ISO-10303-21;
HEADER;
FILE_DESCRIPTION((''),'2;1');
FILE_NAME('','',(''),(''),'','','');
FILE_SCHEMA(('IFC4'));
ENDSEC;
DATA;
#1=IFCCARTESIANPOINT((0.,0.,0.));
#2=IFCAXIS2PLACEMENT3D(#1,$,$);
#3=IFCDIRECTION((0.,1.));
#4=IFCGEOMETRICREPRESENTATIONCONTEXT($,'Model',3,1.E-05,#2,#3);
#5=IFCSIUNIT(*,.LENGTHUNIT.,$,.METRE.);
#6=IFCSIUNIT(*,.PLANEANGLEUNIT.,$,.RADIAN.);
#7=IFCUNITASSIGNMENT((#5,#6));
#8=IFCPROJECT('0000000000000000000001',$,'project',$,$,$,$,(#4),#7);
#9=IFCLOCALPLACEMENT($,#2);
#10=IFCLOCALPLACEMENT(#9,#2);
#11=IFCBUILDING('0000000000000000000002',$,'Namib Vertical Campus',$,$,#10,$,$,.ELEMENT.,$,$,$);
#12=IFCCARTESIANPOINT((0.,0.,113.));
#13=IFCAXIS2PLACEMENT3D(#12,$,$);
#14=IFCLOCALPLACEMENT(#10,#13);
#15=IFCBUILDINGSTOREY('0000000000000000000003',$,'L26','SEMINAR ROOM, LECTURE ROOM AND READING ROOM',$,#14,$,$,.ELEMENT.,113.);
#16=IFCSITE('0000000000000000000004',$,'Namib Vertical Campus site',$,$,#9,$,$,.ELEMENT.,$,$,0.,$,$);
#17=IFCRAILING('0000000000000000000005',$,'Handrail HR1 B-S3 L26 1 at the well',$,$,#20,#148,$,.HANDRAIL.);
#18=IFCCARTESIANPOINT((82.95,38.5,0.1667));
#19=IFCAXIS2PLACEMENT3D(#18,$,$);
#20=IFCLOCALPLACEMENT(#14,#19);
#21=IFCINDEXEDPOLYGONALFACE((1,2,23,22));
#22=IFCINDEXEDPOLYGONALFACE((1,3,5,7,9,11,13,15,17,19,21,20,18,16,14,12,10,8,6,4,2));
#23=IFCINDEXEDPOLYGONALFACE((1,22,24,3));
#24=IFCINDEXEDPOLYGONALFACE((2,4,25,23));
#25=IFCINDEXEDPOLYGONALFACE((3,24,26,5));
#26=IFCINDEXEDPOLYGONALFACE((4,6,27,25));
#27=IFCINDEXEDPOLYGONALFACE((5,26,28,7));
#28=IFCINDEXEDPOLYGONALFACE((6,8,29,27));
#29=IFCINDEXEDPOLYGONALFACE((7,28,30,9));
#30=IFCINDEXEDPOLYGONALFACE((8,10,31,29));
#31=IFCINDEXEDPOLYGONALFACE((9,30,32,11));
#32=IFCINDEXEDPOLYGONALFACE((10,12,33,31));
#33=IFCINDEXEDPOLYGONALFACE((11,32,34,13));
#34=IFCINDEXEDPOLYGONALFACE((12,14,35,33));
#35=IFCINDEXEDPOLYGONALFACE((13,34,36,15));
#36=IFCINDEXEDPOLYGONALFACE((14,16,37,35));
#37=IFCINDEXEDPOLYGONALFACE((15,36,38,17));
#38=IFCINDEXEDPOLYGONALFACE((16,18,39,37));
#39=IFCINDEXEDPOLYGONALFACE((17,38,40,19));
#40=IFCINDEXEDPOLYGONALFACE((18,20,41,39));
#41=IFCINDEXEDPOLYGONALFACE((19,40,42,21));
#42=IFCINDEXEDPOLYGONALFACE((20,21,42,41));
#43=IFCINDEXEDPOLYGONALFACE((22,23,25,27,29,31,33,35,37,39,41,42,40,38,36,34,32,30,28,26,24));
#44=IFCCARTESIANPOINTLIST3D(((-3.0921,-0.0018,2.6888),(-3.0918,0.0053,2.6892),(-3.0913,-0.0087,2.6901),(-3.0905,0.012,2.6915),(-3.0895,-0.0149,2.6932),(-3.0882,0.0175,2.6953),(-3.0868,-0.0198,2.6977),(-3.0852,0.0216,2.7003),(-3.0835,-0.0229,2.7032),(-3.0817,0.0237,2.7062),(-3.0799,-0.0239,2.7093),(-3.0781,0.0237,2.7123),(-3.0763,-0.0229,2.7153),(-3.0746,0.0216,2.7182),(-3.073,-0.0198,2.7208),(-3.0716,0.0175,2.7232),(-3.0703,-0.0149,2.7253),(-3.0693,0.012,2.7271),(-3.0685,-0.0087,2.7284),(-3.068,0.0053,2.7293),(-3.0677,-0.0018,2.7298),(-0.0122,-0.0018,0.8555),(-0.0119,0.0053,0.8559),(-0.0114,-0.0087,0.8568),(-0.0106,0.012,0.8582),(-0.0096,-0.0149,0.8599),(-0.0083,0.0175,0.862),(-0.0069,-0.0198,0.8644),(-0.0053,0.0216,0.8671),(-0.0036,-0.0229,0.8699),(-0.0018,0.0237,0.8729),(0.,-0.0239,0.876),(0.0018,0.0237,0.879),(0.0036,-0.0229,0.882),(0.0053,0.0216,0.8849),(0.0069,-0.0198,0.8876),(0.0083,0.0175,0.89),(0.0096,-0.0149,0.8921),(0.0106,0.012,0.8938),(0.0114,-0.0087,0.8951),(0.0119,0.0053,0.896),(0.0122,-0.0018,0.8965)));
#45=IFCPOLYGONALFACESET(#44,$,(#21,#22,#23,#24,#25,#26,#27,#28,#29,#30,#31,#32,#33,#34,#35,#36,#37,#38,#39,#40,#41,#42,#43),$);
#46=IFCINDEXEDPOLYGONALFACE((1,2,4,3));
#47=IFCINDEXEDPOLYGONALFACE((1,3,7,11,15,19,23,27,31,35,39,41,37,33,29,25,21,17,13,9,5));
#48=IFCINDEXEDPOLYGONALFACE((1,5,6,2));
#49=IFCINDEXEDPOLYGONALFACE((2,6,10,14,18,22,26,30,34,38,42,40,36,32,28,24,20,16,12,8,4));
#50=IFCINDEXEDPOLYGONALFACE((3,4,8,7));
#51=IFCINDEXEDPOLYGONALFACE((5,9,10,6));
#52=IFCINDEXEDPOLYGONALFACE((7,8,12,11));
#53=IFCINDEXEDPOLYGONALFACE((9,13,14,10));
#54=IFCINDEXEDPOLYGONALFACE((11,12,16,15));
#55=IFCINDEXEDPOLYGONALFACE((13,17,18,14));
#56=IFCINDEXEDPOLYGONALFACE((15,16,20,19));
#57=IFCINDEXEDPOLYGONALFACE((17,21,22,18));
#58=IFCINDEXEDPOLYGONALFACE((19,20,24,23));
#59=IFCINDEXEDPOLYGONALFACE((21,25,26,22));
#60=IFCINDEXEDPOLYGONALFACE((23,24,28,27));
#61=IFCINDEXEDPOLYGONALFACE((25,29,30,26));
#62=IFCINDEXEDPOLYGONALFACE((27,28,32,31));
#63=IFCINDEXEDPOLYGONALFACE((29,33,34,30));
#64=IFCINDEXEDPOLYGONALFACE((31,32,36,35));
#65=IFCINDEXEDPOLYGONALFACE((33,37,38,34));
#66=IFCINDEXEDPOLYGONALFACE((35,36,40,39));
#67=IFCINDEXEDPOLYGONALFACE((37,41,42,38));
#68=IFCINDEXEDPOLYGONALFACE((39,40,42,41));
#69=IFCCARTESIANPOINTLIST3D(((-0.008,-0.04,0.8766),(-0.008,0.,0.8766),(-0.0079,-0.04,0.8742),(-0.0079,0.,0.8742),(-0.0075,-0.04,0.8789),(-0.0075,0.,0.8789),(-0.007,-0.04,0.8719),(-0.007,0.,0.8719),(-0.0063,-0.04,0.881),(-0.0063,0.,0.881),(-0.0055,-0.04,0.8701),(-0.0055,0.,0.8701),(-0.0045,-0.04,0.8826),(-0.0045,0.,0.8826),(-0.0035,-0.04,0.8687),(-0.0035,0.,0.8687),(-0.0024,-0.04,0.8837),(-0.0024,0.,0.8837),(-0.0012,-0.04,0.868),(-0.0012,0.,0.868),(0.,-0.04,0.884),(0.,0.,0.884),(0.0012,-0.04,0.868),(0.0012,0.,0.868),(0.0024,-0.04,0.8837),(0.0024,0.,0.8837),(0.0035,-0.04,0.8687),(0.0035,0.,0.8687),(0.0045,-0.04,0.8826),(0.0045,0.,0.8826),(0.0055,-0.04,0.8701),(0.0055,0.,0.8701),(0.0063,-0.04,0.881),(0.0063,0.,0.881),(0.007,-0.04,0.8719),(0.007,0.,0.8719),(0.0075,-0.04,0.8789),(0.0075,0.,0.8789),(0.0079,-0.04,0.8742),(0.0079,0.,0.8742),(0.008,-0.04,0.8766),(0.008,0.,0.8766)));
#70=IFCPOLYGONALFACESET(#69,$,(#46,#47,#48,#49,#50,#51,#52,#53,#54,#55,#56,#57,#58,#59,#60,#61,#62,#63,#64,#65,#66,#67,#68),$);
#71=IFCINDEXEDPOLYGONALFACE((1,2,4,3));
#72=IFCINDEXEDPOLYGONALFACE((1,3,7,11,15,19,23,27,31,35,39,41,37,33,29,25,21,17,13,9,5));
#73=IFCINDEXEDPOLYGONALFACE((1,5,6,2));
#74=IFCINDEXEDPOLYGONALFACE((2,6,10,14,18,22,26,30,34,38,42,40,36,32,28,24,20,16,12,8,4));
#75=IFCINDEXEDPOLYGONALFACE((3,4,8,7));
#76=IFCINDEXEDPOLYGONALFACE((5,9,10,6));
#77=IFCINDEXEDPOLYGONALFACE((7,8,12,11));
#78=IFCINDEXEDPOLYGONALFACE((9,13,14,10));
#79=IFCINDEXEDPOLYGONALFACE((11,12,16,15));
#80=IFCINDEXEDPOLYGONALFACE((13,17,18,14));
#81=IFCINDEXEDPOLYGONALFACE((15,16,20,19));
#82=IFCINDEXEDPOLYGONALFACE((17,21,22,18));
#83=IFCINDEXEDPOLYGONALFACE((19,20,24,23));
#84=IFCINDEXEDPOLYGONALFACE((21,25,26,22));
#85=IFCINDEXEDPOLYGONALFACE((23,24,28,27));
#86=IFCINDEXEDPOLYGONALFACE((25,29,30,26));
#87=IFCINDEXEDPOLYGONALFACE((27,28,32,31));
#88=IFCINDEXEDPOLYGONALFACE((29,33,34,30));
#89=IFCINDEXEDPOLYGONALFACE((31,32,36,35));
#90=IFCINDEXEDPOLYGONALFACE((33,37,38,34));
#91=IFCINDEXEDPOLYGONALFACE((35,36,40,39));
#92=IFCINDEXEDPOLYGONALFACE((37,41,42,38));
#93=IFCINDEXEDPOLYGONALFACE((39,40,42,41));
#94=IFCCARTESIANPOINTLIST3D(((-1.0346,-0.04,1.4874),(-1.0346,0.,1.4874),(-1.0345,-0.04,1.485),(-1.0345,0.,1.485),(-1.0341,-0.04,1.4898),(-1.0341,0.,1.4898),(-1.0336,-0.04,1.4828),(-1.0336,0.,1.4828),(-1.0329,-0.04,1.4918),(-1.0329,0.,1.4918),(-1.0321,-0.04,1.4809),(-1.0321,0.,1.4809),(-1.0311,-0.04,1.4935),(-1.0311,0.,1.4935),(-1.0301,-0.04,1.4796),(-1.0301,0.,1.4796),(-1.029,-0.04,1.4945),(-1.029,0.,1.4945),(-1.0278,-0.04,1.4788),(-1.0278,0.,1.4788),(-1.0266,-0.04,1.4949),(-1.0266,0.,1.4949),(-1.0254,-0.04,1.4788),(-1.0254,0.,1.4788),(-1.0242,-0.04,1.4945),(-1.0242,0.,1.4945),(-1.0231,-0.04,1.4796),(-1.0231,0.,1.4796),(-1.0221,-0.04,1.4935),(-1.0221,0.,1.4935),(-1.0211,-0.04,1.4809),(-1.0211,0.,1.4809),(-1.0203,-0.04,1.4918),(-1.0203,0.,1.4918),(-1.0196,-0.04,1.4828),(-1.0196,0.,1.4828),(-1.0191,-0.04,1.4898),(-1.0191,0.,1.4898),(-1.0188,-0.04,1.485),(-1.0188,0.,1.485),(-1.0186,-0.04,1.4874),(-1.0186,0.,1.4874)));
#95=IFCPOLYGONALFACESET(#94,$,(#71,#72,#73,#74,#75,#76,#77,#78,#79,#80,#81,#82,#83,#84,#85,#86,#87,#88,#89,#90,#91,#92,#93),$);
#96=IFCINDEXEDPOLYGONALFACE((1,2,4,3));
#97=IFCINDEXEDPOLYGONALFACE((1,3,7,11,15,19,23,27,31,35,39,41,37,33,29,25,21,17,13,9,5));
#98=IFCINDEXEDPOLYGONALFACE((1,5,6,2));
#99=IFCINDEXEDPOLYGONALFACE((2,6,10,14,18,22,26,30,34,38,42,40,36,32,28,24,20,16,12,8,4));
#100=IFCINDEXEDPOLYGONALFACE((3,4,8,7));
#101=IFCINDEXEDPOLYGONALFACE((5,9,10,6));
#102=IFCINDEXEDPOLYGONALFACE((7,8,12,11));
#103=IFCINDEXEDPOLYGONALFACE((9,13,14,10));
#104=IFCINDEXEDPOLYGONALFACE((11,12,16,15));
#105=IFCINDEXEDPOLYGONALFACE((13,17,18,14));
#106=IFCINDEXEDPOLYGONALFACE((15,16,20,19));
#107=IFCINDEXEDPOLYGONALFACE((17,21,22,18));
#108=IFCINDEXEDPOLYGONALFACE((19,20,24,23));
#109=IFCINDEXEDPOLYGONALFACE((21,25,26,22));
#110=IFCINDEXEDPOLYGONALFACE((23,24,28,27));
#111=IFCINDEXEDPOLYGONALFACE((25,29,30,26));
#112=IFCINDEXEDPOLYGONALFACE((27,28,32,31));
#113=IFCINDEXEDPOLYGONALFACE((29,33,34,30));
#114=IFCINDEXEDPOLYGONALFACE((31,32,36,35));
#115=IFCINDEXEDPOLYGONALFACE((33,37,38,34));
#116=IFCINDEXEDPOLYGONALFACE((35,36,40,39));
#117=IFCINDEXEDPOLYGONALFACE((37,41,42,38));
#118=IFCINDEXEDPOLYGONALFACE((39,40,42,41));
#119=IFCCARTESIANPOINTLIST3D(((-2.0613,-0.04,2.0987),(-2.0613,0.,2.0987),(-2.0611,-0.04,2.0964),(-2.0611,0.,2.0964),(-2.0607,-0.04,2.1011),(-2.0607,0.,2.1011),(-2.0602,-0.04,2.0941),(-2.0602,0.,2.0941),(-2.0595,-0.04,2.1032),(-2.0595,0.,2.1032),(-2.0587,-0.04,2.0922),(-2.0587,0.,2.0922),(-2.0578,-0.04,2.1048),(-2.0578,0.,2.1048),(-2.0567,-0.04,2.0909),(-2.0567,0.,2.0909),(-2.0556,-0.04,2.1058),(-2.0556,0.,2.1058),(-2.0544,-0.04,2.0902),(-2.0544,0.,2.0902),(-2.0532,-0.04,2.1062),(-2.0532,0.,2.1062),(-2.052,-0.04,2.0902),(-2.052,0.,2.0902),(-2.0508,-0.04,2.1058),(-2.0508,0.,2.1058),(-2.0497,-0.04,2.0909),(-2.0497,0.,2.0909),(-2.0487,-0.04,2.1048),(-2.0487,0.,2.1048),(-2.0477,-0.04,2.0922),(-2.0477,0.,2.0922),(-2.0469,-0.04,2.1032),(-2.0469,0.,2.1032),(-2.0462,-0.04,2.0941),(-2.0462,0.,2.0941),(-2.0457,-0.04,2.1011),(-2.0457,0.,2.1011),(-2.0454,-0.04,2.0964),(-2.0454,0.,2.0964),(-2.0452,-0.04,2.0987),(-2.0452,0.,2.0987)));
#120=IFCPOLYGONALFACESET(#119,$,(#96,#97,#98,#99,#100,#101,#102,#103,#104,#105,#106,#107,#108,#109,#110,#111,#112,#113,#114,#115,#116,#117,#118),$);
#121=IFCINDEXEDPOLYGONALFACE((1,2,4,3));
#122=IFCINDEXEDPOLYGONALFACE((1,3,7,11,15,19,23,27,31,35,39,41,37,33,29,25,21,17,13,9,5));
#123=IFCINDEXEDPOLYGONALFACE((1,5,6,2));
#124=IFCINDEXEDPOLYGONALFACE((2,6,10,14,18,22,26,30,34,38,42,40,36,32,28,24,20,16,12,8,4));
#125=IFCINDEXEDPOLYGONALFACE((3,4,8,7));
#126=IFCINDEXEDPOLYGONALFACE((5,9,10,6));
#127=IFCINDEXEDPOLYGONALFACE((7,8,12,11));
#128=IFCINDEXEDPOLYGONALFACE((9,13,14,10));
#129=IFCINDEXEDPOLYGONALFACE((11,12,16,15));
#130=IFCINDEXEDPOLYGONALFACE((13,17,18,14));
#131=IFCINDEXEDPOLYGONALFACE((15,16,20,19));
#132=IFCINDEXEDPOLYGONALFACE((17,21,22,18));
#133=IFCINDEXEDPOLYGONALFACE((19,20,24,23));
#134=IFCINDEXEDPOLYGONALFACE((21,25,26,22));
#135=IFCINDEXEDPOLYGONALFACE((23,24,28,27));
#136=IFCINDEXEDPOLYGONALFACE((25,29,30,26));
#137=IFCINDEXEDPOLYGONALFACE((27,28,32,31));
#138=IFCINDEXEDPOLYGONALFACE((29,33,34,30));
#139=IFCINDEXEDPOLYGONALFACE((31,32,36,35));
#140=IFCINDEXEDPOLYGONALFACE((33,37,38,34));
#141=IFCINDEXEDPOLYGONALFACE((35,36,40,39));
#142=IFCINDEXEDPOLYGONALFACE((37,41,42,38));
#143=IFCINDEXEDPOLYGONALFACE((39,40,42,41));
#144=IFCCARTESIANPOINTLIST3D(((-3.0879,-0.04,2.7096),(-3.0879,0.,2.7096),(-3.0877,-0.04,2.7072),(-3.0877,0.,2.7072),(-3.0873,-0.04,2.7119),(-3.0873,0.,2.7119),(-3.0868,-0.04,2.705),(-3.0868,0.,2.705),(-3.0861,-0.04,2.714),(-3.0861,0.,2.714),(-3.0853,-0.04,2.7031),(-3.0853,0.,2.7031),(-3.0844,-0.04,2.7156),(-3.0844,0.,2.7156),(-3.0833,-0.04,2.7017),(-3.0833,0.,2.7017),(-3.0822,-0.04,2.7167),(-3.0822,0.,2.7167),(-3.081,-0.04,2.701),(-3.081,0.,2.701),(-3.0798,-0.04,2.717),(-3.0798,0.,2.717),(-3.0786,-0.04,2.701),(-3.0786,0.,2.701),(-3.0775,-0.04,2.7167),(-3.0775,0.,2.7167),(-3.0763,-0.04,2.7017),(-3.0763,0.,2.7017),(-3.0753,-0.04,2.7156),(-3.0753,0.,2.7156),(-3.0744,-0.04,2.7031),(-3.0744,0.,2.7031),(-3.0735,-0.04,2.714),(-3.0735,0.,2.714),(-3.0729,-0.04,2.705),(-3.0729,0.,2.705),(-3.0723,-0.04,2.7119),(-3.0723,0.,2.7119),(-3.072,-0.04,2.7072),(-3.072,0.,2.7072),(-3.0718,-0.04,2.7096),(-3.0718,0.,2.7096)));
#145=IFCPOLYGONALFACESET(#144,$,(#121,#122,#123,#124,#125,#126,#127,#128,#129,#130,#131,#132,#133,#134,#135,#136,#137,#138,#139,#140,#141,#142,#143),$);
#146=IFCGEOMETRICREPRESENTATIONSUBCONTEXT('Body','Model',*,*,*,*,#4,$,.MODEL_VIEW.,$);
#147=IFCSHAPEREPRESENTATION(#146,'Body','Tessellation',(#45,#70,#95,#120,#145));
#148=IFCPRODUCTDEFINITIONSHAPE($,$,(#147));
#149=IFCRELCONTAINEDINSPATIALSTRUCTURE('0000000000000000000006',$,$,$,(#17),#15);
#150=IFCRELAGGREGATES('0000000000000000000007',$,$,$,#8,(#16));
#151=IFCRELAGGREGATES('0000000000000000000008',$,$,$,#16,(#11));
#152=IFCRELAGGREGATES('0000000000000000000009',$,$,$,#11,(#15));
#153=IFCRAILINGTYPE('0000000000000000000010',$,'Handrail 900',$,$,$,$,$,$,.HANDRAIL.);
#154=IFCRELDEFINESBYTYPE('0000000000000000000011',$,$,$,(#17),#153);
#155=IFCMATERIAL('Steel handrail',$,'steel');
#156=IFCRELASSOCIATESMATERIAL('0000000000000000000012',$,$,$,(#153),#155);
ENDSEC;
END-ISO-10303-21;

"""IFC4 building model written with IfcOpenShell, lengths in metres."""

from ifc_helpers import new_model, si_unit, direction, frame, origin, origin_2d, place, context, subcontext, project, spatial, circle, extrude, material, type_object, element, save


model = new_model("IFC4")

# Units and contexts
model_context = context("Model", 3, precision=1e-05, world=origin(), true_north=direction((0.0, 1.0)))
body_context = subcontext(model_context, "Body", "Model", "MODEL_VIEW")
ifc_project = project(units=[si_unit("LENGTHUNIT", "METRE"), si_unit("PLANEANGLEUNIT", "RADIAN")], contexts=[model_context])

# Site, building, storey
site_placement = place(None, origin())
site = spatial("IfcSite", under=ifc_project, at=site_placement, Name="Namib Vertical Campus site", CompositionType="ELEMENT", RefElevation=0.0)
building_placement = place(site_placement, origin())
building = spatial("IfcBuilding", under=site, at=building_placement, Name="Namib Vertical Campus", CompositionType="ELEMENT")
storey_placement = place(building_placement, frame((0.0, 0.0, 113.0)))
storey = spatial("IfcBuildingStorey", under=building, at=storey_placement, Name="L26", Description="SEMINAR ROOM, LECTURE ROOM AND READING ROOM", CompositionType="ELEMENT", Elevation=113.0)

# Railing
ifc_material_1 = material(Name="Steel handrail", Category="steel")
railing_type_1 = type_object("IfcRailingType", Name="Handrail 900", PredefinedType="HANDRAIL", material=ifc_material_1)
railing_1_placement = place(storey_placement, frame((82.95, 38.5, 0.1667)))
element("IfcRailing", 1, at=railing_1_placement, inside=storey, type_object=railing_type_1, Name="Handrail HR1 B-S3 L26 1 at the well", PredefinedType="HANDRAIL", context=body_context, shape_type="SweptSolid", body=[
    extrude(circle(Radius=0.0239, at=origin_2d()), frame((0.0, 0.0, 0.876), z_axis=(-0.859291, 0.0, 0.511487), x_axis=(0.0, -1.0, 0.0)), (0.0, 0.0, 1.0), 3.5842),
    extrude(circle(Radius=0.0081, at=origin_2d()), frame((0.0, 0.0, 0.876), z_axis=(0.0, -1.0, 0.0), x_axis=(0.0, 0.0, 1.0)), (0.0, 0.0, 1.0), 0.04),
    extrude(circle(Radius=0.0081, at=origin_2d()), frame((-1.0266, 0.0, 1.4868), z_axis=(0.0, -1.0, 0.0), x_axis=(0.0, 0.0, 1.0)), (0.0, 0.0, 1.0), 0.04),
    extrude(circle(Radius=0.0081, at=origin_2d()), frame((-2.0532, 0.0, 2.0981), z_axis=(0.0, -1.0, 0.0), x_axis=(0.0, 0.0, 1.0)), (0.0, 0.0, 1.0), 0.04),
    extrude(circle(Radius=0.0081, at=origin_2d()), frame((-3.0798, 0.0, 2.709), z_axis=(0.0, -1.0, 0.0), x_axis=(0.0, 0.0, 1.0)), (0.0, 0.0, 1.0), 0.04),
])

save(model, "model.ifc")
